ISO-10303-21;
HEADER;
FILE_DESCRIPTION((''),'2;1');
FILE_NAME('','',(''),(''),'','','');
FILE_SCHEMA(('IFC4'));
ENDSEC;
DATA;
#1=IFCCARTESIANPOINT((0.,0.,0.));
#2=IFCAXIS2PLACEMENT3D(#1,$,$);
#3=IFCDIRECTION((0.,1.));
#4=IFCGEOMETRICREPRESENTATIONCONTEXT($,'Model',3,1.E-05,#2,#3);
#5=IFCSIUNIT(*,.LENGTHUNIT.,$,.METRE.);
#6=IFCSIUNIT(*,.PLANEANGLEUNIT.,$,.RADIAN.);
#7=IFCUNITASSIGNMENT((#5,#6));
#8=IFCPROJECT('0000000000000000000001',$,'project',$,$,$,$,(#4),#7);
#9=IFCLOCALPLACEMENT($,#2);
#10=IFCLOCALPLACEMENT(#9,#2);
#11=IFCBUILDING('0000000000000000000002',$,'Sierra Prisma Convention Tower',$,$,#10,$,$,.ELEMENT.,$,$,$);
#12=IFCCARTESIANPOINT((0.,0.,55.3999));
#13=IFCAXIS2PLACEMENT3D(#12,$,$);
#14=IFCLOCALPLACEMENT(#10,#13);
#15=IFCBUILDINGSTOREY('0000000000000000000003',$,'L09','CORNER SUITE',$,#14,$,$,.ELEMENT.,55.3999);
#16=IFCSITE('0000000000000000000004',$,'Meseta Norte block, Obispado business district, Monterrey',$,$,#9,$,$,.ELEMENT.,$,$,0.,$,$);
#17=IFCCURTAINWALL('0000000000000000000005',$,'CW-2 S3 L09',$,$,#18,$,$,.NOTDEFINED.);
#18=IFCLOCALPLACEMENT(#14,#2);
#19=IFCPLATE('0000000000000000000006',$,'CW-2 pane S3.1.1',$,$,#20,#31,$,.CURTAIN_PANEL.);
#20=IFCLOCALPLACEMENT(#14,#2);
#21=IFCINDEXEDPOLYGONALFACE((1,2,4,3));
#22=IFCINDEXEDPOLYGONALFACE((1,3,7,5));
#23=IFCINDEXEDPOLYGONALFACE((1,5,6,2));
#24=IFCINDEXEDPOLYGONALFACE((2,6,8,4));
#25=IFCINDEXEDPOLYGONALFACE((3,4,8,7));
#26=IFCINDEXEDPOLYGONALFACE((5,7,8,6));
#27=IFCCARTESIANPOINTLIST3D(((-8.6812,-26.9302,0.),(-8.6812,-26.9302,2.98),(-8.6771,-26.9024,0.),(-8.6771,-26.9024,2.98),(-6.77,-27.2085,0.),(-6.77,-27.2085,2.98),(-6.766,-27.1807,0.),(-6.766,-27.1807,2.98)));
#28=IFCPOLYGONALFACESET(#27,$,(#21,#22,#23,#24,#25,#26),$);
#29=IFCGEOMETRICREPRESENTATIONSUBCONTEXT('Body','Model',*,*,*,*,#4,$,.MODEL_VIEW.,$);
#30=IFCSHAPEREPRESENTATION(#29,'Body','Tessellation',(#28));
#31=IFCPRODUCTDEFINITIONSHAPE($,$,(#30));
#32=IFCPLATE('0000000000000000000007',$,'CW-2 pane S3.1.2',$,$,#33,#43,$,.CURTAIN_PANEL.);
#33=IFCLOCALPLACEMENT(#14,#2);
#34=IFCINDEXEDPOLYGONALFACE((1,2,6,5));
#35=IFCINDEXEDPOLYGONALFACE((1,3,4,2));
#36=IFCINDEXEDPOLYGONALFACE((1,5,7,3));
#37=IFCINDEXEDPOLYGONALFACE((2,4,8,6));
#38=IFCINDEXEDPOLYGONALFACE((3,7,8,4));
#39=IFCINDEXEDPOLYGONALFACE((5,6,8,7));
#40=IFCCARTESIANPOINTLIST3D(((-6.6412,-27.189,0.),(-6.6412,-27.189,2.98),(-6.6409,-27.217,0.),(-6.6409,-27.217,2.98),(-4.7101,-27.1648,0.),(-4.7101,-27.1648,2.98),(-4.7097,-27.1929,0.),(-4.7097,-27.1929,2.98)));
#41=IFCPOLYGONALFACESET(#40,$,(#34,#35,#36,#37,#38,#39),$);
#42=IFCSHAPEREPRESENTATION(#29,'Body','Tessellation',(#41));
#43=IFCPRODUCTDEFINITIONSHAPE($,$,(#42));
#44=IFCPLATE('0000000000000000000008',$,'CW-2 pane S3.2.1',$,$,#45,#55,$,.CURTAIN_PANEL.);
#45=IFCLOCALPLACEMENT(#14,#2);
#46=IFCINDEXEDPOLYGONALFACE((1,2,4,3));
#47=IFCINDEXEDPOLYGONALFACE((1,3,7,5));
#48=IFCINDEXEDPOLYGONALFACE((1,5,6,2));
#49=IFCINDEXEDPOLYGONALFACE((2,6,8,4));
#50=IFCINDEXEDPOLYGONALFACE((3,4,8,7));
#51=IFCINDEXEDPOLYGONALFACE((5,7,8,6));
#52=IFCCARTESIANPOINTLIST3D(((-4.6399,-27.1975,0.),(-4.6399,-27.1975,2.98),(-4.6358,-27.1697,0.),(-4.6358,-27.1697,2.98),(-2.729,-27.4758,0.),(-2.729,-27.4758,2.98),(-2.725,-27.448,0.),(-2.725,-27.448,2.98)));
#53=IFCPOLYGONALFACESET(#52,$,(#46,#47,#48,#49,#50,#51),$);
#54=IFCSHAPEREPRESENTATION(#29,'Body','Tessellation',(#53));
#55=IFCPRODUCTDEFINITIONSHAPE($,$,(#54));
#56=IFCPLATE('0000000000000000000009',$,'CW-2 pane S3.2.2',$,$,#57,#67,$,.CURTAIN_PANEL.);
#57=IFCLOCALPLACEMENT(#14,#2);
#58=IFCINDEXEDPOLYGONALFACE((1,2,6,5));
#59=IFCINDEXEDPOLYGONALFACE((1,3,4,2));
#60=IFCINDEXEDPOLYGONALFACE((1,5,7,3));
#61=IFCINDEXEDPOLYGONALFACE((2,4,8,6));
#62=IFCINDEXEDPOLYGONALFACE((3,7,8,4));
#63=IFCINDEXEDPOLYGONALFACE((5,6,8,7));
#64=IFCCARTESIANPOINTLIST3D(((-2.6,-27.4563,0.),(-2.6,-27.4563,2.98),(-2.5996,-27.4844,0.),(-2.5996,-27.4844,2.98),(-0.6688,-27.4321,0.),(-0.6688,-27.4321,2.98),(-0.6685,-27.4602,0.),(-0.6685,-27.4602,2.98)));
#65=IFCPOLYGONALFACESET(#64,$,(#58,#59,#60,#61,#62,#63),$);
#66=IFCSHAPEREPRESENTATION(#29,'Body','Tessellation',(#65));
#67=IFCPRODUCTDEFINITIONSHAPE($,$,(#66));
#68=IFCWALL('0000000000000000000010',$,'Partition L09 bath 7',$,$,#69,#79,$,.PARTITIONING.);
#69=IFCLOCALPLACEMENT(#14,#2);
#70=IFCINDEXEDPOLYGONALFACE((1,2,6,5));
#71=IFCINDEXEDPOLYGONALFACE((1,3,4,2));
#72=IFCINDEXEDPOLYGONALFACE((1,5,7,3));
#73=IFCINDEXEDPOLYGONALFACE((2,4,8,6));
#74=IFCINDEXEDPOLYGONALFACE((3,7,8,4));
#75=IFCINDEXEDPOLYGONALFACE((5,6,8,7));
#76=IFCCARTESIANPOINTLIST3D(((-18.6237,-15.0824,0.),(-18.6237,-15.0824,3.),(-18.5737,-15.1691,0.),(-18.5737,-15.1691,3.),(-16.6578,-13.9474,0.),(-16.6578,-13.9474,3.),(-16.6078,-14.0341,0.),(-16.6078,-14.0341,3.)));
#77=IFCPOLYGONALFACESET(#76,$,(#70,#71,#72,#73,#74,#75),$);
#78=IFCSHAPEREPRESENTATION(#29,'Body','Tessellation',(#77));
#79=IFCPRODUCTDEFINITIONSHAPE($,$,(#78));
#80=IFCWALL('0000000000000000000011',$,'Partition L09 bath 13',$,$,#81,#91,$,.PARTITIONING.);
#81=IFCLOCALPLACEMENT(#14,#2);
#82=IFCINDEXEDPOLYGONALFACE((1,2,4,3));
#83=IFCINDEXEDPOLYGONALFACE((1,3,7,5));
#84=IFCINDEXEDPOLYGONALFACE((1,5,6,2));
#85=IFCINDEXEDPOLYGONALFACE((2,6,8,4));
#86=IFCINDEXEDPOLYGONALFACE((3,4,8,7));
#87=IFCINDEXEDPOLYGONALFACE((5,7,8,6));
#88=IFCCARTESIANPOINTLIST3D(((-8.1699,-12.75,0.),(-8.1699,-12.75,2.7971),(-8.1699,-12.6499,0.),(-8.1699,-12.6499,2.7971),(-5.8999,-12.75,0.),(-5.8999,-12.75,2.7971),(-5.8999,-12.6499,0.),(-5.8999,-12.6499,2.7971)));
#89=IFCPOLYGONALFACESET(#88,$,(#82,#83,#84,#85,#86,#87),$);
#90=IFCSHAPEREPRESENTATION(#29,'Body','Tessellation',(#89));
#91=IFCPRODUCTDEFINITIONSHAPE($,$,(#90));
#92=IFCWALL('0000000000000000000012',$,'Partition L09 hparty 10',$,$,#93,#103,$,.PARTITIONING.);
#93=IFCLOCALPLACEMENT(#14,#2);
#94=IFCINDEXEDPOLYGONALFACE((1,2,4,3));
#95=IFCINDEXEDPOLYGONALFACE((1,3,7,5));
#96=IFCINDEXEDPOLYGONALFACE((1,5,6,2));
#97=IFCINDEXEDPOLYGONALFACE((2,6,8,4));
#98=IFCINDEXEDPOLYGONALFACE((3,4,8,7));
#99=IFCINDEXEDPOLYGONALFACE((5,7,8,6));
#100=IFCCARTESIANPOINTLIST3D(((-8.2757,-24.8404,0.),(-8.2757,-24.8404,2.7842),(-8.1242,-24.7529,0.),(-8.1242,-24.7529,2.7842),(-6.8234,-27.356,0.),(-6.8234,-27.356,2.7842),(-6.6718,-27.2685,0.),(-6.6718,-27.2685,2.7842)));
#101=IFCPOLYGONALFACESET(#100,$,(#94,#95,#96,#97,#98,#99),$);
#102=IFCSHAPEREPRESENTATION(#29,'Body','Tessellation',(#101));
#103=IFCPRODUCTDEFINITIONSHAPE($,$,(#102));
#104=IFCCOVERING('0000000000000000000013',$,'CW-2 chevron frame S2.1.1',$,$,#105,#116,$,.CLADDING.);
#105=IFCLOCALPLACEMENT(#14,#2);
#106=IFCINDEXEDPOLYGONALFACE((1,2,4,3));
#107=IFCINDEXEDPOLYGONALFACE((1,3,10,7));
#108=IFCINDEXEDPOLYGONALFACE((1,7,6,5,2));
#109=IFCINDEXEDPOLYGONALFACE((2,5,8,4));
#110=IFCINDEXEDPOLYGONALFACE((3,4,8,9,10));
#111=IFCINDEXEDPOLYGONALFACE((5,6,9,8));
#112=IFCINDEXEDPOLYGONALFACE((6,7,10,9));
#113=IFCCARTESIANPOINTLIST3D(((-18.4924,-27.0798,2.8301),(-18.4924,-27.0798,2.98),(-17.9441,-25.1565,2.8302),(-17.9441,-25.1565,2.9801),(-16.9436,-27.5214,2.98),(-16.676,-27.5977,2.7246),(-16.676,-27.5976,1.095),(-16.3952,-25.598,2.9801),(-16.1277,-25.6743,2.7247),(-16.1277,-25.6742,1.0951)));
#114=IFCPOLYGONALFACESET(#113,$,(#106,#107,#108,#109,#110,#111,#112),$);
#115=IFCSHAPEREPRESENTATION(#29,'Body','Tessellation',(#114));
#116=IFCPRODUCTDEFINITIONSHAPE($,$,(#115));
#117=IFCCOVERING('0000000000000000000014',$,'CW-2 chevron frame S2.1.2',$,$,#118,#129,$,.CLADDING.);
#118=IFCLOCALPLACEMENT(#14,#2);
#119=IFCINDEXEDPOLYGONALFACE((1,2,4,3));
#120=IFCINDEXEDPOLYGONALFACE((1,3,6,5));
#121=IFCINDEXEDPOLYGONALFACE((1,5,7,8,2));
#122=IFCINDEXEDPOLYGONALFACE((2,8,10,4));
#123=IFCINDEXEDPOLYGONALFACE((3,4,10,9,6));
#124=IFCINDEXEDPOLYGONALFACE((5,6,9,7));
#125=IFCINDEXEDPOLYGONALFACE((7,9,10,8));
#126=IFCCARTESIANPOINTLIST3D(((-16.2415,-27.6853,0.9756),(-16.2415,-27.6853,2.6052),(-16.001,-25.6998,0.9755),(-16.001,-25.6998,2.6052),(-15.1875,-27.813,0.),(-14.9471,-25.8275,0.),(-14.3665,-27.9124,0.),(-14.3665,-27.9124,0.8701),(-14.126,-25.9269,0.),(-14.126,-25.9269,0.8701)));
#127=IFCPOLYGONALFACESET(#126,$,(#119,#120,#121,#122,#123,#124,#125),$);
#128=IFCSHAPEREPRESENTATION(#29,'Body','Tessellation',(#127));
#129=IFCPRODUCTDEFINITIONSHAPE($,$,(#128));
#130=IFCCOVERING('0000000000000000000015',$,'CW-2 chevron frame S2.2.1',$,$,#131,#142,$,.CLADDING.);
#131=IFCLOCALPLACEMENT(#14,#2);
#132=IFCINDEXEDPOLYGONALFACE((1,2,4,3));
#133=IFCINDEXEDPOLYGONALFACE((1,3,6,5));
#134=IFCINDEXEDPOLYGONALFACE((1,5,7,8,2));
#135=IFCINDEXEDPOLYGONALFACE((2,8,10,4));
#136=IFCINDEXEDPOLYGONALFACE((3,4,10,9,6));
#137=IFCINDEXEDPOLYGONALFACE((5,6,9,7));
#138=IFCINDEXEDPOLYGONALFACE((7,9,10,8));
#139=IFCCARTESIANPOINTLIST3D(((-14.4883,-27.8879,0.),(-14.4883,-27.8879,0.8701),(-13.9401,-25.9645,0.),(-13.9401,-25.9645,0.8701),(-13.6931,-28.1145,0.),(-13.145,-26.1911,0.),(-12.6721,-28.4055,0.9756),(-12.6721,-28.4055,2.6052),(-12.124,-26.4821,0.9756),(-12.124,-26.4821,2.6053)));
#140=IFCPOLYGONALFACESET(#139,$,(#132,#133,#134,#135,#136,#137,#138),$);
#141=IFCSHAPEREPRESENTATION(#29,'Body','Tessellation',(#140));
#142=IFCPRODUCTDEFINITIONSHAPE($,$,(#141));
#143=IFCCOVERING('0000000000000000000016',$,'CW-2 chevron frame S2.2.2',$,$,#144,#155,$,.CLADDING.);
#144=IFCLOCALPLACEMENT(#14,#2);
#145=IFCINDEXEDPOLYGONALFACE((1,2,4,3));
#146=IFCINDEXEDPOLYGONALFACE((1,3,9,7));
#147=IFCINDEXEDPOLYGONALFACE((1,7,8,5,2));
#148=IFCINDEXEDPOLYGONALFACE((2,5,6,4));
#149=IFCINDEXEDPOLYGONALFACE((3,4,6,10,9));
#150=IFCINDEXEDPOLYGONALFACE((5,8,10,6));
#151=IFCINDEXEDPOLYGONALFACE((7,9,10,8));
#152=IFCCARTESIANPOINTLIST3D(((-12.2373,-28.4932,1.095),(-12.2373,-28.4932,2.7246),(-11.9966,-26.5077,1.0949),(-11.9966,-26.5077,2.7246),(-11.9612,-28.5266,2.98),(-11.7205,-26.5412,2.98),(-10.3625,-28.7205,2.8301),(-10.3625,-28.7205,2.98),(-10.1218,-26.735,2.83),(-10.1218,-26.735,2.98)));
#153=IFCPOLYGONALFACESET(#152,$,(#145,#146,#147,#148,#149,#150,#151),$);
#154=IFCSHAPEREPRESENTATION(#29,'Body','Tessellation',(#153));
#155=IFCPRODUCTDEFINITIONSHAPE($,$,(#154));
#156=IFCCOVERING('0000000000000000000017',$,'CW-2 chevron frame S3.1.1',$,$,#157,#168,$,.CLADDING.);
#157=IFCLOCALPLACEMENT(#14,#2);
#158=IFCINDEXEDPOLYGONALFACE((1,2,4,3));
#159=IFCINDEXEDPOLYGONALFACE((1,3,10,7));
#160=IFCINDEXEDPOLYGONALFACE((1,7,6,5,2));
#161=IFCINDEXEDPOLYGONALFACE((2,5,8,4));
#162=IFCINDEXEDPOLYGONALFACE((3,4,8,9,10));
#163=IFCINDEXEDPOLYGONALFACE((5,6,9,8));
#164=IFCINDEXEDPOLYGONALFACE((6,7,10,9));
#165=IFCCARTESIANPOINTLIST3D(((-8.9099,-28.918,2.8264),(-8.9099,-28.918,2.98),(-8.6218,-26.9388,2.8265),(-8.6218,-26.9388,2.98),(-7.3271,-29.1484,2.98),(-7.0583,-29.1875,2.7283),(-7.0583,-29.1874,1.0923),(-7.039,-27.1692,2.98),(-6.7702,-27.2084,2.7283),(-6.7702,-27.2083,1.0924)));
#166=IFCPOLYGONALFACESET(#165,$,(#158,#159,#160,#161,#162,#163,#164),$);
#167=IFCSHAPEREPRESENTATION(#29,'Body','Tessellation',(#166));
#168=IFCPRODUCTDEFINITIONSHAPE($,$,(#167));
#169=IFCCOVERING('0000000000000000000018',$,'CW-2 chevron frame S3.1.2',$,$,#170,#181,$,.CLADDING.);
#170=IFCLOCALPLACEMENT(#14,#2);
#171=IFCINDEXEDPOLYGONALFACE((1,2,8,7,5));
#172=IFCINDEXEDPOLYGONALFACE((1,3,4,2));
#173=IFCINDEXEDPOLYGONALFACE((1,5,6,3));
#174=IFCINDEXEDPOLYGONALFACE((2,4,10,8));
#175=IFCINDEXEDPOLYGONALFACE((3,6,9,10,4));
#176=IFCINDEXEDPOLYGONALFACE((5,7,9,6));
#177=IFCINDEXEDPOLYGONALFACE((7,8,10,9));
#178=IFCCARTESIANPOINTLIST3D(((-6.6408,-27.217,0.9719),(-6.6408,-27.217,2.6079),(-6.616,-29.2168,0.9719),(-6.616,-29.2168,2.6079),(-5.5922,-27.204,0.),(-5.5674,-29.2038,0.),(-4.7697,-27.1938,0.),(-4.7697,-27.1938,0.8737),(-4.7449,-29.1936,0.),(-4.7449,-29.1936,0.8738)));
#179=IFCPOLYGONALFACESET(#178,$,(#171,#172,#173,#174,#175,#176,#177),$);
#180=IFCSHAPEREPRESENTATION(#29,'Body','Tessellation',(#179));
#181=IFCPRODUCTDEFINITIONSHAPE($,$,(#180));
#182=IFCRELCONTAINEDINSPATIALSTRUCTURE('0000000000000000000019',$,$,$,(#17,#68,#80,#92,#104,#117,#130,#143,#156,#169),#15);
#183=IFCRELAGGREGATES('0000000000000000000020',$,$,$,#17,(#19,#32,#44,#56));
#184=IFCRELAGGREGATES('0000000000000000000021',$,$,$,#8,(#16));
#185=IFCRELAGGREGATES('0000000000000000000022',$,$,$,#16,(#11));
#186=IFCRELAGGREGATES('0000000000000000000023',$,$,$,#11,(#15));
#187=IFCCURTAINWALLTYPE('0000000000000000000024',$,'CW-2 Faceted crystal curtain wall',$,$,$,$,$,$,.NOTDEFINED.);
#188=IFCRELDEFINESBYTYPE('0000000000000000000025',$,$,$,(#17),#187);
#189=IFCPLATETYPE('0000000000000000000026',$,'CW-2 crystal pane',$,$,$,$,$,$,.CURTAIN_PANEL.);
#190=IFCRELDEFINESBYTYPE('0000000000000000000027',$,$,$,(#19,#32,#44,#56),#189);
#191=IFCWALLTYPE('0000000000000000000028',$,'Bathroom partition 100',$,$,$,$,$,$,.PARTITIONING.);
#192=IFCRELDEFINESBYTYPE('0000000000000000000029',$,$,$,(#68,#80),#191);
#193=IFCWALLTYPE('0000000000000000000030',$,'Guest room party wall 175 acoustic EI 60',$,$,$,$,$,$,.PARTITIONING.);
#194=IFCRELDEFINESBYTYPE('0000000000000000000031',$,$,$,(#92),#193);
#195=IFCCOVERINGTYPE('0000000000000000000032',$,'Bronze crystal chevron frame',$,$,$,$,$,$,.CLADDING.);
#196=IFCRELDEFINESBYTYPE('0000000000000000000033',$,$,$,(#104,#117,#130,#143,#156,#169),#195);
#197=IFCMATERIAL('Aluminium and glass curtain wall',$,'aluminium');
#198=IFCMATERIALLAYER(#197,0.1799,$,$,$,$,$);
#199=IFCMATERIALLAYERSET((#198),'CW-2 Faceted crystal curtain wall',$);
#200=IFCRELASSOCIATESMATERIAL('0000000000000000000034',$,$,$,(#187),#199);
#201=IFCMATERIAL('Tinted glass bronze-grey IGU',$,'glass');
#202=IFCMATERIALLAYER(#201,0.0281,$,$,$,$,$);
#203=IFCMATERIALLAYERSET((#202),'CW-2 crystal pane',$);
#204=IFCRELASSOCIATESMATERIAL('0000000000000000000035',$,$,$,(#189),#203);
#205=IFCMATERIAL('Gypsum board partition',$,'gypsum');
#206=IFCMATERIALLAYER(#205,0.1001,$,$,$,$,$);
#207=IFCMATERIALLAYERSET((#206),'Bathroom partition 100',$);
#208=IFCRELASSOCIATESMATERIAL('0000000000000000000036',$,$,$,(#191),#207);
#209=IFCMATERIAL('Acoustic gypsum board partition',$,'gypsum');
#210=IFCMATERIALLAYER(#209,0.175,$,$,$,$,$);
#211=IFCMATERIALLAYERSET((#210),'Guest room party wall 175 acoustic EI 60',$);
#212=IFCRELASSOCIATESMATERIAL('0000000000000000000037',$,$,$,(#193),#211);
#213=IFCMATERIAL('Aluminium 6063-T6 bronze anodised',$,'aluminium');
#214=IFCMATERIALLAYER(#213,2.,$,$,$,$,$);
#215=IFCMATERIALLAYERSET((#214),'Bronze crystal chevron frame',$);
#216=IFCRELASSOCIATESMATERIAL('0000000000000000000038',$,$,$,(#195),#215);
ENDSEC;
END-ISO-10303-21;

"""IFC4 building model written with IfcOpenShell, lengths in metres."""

from ifc_helpers import new_model, si_unit, direction, frame, frame_2d, origin, place, context, subcontext, project, spatial, polyline, rectangle, outline, extrude, material, layer, layer_set, type_object, element, aggregate, save


model = new_model("IFC4")

# Units and contexts
model_context = context("Model", 3, precision=1e-05, world=origin(), true_north=direction((0.0, 1.0)))
body_context = subcontext(model_context, "Body", "Model", "MODEL_VIEW")
ifc_project = project(units=[si_unit("LENGTHUNIT", "METRE"), si_unit("PLANEANGLEUNIT", "RADIAN")], contexts=[model_context])

# Site, building, storey
site_placement = place(None, origin())
site = spatial("IfcSite", under=ifc_project, at=site_placement, Name="Meseta Norte block, Obispado business district, Monterrey", CompositionType="ELEMENT", RefElevation=0.0)
building_placement = place(site_placement, origin())
building = spatial("IfcBuilding", under=site, at=building_placement, Name="Sierra Prisma Convention Tower", CompositionType="ELEMENT")
storey_placement = place(building_placement, frame((0.0, 0.0, 55.3999)))
storey = spatial("IfcBuildingStorey", under=building, at=storey_placement, Name="L09", Description="CORNER SUITE", CompositionType="ELEMENT", Elevation=55.3999)

# Curtain wall
ifc_material_1 = material(Name="Aluminium and glass curtain wall", Category="aluminium")
ifc_layer_1 = layer(ifc_material_1, 0.1799)
ifc_layer_set_1 = layer_set([ifc_layer_1], Name="CW-2 Faceted crystal curtain wall")
curtain_wall_type = type_object("IfcCurtainWallType", Name="CW-2 Faceted crystal curtain wall", PredefinedType="NOTDEFINED", material=ifc_layer_set_1)
curtain_wall_1_placement = place(storey_placement, origin())
curtain_wall_1 = element("IfcCurtainWall", 1, at=curtain_wall_1_placement, inside=storey, type_object=curtain_wall_type, Name="CW-2 S3 L09", PredefinedType="NOTDEFINED")

# Plates
ifc_material_2 = material(Name="Tinted glass bronze-grey IGU", Category="glass")
ifc_layer_2 = layer(ifc_material_2, 0.0281)
ifc_layer_set_2 = layer_set([ifc_layer_2], Name="CW-2 crystal pane")
plate_type = type_object("IfcPlateType", Name="CW-2 crystal pane", PredefinedType="CURTAIN_PANEL", material=ifc_layer_set_2)
plate_1_placement = place(storey_placement, frame((-8.6812, -26.9302, 0.0), z_axis=(-0.144111, -0.989562, 0.0), x_axis=(0.989562, -0.144111, 0.0)))
plate_1 = element("IfcPlate", 2, at=plate_1_placement, type_object=plate_type, Name="CW-2 pane S3.1.1", PredefinedType="CURTAIN_PANEL", context=body_context, shape_type="SweptSolid", body=[
    extrude(outline(polyline([(0.0, 0.0), (1.9313, 0.0), (1.9313, 2.98), (0.0, 2.98), (0.0, 0.0)])), origin(), (0.0, 0.0, -1.0), 0.0281),
])
plate_2_placement = place(storey_placement, frame((-4.7097, -27.1929, 0.0), z_axis=(0.012515, -0.999922, 0.0), x_axis=(-0.999922, -0.012515, 0.0)))
plate_2 = element("IfcPlate", 3, at=plate_2_placement, type_object=plate_type, Name="CW-2 pane S3.1.2", PredefinedType="CURTAIN_PANEL", context=body_context, shape_type="SweptSolid", body=[
    extrude(outline(polyline([(0.0, 0.0), (1.9313, 0.0), (1.9313, -2.98), (0.0, -2.98), (0.0, 0.0)])), origin(), (0.0, 0.0, -1.0), 0.0281),
])
plate_3_placement = place(storey_placement, frame((-4.6399, -27.1975, 0.0), z_axis=(-0.144129, -0.989559, 0.0), x_axis=(0.989559, -0.144129, 0.0)))
plate_3 = element("IfcPlate", 4, at=plate_3_placement, type_object=plate_type, Name="CW-2 pane S3.2.1", PredefinedType="CURTAIN_PANEL", context=body_context, shape_type="SweptSolid", body=[
    extrude(outline(polyline([(0.0, 0.0), (1.9311, 0.0), (1.9311, 2.98), (0.0, 2.98), (0.0, 0.0)])), origin(), (0.0, 0.0, -1.0), 0.0281),
])
plate_4_placement = place(storey_placement, frame((-0.6685, -27.4602, 0.0), z_axis=(0.012515, -0.999922, 0.0), x_axis=(-0.999922, -0.012515, 0.0)))
plate_4 = element("IfcPlate", 5, at=plate_4_placement, type_object=plate_type, Name="CW-2 pane S3.2.2", PredefinedType="CURTAIN_PANEL", context=body_context, shape_type="SweptSolid", body=[
    extrude(outline(polyline([(0.0, 0.0), (1.9313, 0.0), (1.9313, -2.98), (0.0, -2.98), (0.0, 0.0)])), origin(), (0.0, 0.0, -1.0), 0.0281),
])
aggregate(curtain_wall_1, [plate_1, plate_2, plate_3, plate_4])

# Walls
ifc_material_3 = material(Name="Gypsum board partition", Category="gypsum")
ifc_layer_3 = layer(ifc_material_3, 0.1001)
ifc_layer_set_3 = layer_set([ifc_layer_3], Name="Bathroom partition 100")
wall_type_1 = type_object("IfcWallType", Name="Bathroom partition 100", PredefinedType="PARTITIONING", material=ifc_layer_set_3)
wall_1_placement = place(storey_placement, frame((-16.6328, -13.9907, 0.0), z_axis=(0.0, 0.0, 1.0), x_axis=(-0.866017, -0.500014, 0.0)))
element("IfcWall", 6, at=wall_1_placement, inside=storey, type_object=wall_type_1, Name="Partition L09 bath 7", PredefinedType="PARTITIONING", context=body_context, shape_type="SweptSolid", body=[
    extrude(rectangle(XDim=2.27, YDim=0.1001, at=frame_2d((1.135, 0.0))), origin(), (0.0, 0.0, 1.0), 3.0),
])
wall_2_placement = place(storey_placement, frame((-5.8999, -12.7, 0.0), z_axis=(0.0, 0.0, 1.0), x_axis=(-1.0, 0.0, 0.0)))
element("IfcWall", 7, at=wall_2_placement, inside=storey, type_object=wall_type_1, Name="Partition L09 bath 13", PredefinedType="PARTITIONING", context=body_context, shape_type="SweptSolid", body=[
    extrude(rectangle(XDim=2.27, YDim=0.1001, at=frame_2d((1.135, 0.0))), origin(), (0.0, 0.0, 1.0), 2.7971),
])
ifc_material_4 = material(Name="Acoustic gypsum board partition", Category="gypsum")
ifc_layer_4 = layer(ifc_material_4, 0.175)
ifc_layer_set_4 = layer_set([ifc_layer_4], Name="Guest room party wall 175 acoustic EI 60")
wall_type_2 = type_object("IfcWallType", Name="Guest room party wall 175 acoustic EI 60", PredefinedType="PARTITIONING", material=ifc_layer_set_4)
wall_3_placement = place(storey_placement, frame((-8.2, -24.7966, 0.0), z_axis=(0.0, 0.0, 1.0), x_axis=(0.499999, -0.866026, 0.0)))
element("IfcWall", 8, at=wall_3_placement, inside=storey, type_object=wall_type_2, Name="Partition L09 hparty 10", PredefinedType="PARTITIONING", context=body_context, shape_type="SweptSolid", body=[
    extrude(rectangle(XDim=2.9048, YDim=0.175, at=frame_2d((1.4524, 0.0))), origin(), (0.0, 0.0, 1.0), 2.7842),
])

# Coverings
ifc_material_5 = material(Name="Aluminium 6063-T6 bronze anodised", Category="aluminium")
ifc_layer_5 = layer(ifc_material_5, 2.0)
ifc_layer_set_5 = layer_set([ifc_layer_5], Name="Bronze crystal chevron frame")
covering_type = type_object("IfcCoveringType", Name="Bronze crystal chevron frame", PredefinedType="CLADDING", material=ifc_layer_set_5)
covering_1_placement = place(storey_placement, frame((-18.4924, -27.0798, 2.98), z_axis=(-0.274165, -0.961683, -0.000053), x_axis=(0.000014, 0.000051, -1.0)))
element("IfcCovering", 9, at=covering_1_placement, inside=storey, type_object=covering_type, Name="CW-2 chevron frame S2.1.1", PredefinedType="CLADDING", context=body_context, shape_type="SweptSolid", body=[
    extrude(outline(polyline([(0.0, 0.0), (0.1499, 0.0), (1.885, 1.8888), (0.2554, 1.8888), (0.0, 1.6106), (0.0, 0.0)])), origin(), (0.0, 0.0, -1.0), 2.0),
])
covering_2_placement = place(storey_placement, frame((-16.2415, -27.6853, 2.6052), z_axis=(-0.120205, -0.992749, 0.00002), x_axis=(-0.000002, -0.00002, -1.0)))
element("IfcCovering", 10, at=covering_2_placement, inside=storey, type_object=covering_type, Name="CW-2 chevron frame S2.1.2", PredefinedType="CLADDING", context=body_context, shape_type="SweptSolid", body=[
    extrude(outline(polyline([(0.0, 0.0), (1.6296, 0.0), (2.6052, 1.0617), (2.6052, 1.8887), (1.7351, 1.8887), (0.0, 0.0)])), origin(), (0.0, 0.0, -1.0), 2.0),
])
covering_3_placement = place(storey_placement, frame((-13.6931, -28.1145, 0.0), z_axis=(-0.274064, -0.961711, -0.000016), x_axis=(0.70813, -0.201811, 0.676628)))
element("IfcCovering", 11, at=covering_3_placement, inside=storey, type_object=covering_type, Name="CW-2 chevron frame S2.2.1", PredefinedType="CLADDING", context=body_context, shape_type="SweptSolid", body=[
    extrude(outline(polyline([(0.0, 0.0), (1.4418, 0.0), (2.5445, 1.1999), (-0.0201, 1.2001), (-0.6088, 0.5594), (0.0, 0.0)])), origin(), (0.0, 0.0, -1.0), 2.0),
])
covering_4_placement = place(storey_placement, frame((-10.3625, -28.7205, 2.98), z_axis=(-0.12036, -0.99273, 0.000015), x_axis=(-0.99273, 0.12036, 0.0)))
element("IfcCovering", 12, at=covering_4_placement, inside=storey, type_object=covering_type, Name="CW-2 chevron frame S2.2.2", PredefinedType="CLADDING", context=body_context, shape_type="SweptSolid", body=[
    extrude(outline(polyline([(0.0, 0.0), (1.6103, 0.0), (1.8885, 0.2554), (1.8885, 1.885), (0.0, 0.1499), (0.0, 0.0)])), origin(), (0.0, 0.0, -1.0), 2.0),
])
covering_5_placement = place(storey_placement, frame((-8.9099, -28.918, 2.98), z_axis=(-0.144056, -0.98957, -0.000033), x_axis=(0.000005, 0.000032, -1.0)))
element("IfcCovering", 13, at=covering_5_placement, inside=storey, type_object=covering_type, Name="CW-2 chevron frame S3.1.1", PredefinedType="CLADDING", context=body_context, shape_type="SweptSolid", body=[
    extrude(outline(polyline([(0.0, 0.0), (0.1536, 0.0), (1.8877, 1.8711), (0.2517, 1.8711), (0.0, 1.5995), (0.0, 0.0)])), origin(), (0.0, 0.0, -1.0), 2.0),
])
covering_6_placement = place(storey_placement, frame((-6.616, -29.2168, 2.6079), z_axis=(0.012405, -0.999923, 0.00002), x_axis=(0.0, -0.00002, -1.0)))
element("IfcCovering", 14, at=covering_6_placement, inside=storey, type_object=covering_type, Name="CW-2 chevron frame S3.1.2", PredefinedType="CLADDING", context=body_context, shape_type="SweptSolid", body=[
    extrude(outline(polyline([(0.0, 0.0), (1.636, 0.0), (2.6079, 1.0487), (2.6079, 1.8712), (1.7341, 1.8712), (0.0, 0.0)])), origin(), (0.0, 0.0, -1.0), 2.0),
])

save(model, "model.ifc")
